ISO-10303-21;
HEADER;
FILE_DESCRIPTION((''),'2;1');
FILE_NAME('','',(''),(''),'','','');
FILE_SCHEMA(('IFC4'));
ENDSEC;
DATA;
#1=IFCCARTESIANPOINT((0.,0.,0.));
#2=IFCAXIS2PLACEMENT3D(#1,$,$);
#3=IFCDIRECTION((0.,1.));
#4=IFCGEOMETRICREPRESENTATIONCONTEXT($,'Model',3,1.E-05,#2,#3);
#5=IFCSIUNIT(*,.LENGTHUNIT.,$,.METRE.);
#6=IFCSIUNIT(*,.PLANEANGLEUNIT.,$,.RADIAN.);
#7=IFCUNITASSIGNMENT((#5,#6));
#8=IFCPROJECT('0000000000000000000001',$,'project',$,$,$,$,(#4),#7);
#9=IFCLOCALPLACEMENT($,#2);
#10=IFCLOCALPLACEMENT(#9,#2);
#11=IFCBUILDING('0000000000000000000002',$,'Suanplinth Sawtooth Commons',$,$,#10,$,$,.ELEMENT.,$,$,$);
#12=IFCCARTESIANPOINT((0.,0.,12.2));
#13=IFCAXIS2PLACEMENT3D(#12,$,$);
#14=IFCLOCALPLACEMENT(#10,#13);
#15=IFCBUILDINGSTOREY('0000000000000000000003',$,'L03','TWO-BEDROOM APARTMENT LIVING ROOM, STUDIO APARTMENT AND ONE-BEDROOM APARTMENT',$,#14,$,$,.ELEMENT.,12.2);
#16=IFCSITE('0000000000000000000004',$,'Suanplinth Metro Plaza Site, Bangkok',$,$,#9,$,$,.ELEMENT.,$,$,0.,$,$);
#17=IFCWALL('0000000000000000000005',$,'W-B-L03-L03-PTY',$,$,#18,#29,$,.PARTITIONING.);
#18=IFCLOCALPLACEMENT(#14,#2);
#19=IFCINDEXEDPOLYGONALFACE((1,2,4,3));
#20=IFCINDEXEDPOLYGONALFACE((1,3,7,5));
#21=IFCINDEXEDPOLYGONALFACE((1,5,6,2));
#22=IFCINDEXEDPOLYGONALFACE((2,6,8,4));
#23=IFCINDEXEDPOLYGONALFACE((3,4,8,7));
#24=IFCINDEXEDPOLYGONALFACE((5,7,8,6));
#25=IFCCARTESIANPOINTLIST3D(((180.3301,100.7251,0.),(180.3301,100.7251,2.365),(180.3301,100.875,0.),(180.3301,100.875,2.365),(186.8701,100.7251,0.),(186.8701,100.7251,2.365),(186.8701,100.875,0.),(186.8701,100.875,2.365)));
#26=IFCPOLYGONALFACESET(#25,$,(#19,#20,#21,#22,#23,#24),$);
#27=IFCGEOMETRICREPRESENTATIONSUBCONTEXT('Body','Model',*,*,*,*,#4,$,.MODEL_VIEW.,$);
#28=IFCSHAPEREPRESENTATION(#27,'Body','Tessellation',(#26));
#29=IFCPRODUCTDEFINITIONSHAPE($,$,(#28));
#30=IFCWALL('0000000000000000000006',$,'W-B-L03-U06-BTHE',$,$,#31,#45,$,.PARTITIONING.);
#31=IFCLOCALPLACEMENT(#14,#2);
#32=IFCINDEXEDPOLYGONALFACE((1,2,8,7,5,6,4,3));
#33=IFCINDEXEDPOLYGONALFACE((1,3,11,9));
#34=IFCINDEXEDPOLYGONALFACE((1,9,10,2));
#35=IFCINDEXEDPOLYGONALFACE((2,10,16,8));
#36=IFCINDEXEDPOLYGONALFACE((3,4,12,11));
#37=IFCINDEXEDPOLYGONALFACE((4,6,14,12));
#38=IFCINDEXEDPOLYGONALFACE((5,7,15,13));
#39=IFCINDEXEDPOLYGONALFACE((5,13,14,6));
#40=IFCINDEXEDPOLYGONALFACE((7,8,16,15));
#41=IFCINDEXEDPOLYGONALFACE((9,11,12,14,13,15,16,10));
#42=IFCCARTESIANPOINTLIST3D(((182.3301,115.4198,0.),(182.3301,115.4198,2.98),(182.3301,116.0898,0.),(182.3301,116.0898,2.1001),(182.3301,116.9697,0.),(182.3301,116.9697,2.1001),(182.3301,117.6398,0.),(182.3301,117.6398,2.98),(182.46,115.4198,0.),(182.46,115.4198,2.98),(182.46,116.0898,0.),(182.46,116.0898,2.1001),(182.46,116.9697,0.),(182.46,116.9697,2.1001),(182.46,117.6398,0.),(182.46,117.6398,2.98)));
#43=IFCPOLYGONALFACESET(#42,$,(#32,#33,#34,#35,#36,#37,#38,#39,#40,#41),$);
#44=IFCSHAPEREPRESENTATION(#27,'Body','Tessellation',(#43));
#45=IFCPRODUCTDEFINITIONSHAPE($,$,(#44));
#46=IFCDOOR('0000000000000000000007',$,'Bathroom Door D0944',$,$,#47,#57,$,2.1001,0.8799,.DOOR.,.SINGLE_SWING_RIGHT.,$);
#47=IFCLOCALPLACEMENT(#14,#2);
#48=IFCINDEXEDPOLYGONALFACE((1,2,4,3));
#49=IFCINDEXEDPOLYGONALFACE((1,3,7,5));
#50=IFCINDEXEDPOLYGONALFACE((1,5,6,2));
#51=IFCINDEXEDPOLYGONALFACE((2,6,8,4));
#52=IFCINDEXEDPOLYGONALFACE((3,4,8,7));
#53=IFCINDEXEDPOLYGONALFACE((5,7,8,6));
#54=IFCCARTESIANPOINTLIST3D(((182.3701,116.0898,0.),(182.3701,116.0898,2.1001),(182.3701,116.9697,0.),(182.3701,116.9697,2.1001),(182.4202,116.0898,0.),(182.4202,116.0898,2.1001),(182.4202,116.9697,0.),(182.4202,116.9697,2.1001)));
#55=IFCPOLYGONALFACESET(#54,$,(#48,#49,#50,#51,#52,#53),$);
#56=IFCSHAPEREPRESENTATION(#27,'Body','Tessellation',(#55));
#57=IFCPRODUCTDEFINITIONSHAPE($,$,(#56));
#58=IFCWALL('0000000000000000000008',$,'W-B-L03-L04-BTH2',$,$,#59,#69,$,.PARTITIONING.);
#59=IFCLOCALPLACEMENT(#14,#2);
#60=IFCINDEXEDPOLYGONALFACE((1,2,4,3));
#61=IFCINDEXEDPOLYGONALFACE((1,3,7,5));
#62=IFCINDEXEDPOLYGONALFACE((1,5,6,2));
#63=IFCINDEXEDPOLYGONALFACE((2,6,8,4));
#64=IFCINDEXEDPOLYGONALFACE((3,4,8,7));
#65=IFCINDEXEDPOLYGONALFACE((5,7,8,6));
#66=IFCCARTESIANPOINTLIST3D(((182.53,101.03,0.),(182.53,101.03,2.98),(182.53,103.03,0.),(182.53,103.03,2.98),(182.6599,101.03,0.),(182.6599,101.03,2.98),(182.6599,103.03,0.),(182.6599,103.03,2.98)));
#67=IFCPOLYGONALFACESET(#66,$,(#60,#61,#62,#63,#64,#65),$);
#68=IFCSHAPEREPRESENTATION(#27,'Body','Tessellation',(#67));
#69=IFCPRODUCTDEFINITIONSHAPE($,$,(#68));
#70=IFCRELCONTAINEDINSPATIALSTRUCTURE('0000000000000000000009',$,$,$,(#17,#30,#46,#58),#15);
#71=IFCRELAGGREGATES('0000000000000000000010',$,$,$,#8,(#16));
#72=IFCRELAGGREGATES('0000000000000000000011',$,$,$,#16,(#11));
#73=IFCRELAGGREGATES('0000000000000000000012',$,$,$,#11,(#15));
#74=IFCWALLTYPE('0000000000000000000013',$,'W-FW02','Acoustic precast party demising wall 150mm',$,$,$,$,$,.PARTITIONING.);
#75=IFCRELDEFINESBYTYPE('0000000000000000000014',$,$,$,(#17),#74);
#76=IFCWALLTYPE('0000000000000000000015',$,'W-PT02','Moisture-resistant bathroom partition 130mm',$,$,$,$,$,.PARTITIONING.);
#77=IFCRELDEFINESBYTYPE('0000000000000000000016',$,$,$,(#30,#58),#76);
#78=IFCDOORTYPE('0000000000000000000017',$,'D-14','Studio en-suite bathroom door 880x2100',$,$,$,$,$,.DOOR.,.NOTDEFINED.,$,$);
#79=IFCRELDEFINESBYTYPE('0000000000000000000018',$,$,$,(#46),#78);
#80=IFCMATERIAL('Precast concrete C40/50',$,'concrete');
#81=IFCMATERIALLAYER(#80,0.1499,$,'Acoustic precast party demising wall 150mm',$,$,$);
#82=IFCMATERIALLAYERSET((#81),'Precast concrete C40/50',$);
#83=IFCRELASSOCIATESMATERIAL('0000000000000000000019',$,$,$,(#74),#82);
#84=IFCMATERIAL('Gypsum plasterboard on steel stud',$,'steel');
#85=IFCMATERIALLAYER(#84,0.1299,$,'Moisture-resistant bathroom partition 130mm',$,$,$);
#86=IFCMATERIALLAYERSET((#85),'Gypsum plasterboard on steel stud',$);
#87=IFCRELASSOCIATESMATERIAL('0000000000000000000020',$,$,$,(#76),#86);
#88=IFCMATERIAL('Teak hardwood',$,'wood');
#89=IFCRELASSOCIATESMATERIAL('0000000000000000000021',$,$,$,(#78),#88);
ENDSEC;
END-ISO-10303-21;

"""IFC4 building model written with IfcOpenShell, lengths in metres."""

from ifc_helpers import new_model, si_unit, direction, frame, frame_2d, origin, place, context, subcontext, project, spatial, rectangle, extrude, material, layer, layer_set, type_object, element, fill, save


model = new_model("IFC4")

# Units and contexts
model_context = context("Model", 3, precision=1e-05, world=origin(), true_north=direction((0.0, 1.0)))
body_context = subcontext(model_context, "Body", "Model", "MODEL_VIEW")
ifc_project = project(units=[si_unit("LENGTHUNIT", "METRE"), si_unit("PLANEANGLEUNIT", "RADIAN")], contexts=[model_context])

# Site, building, storey
site_placement = place(None, origin())
site = spatial("IfcSite", under=ifc_project, at=site_placement, Name="Suanplinth Metro Plaza Site, Bangkok", CompositionType="ELEMENT", RefElevation=0.0)
building_placement = place(site_placement, origin())
building = spatial("IfcBuilding", under=site, at=building_placement, Name="Suanplinth Sawtooth Commons", CompositionType="ELEMENT")
storey_placement = place(building_placement, frame((0.0, 0.0, 12.2)))
storey = spatial("IfcBuildingStorey", under=building, at=storey_placement, Name="L03", Description="TWO-BEDROOM APARTMENT LIVING ROOM, STUDIO APARTMENT AND ONE-BEDROOM APARTMENT", CompositionType="ELEMENT", Elevation=12.2)

# Shared definitions
ifc_material_1 = material(Name="Precast concrete C40/50", Category="concrete")

# Wall
ifc_layer_1 = layer(ifc_material_1, 0.1499, Name="Acoustic precast party demising wall 150mm")
ifc_layer_set_1 = layer_set([ifc_layer_1], Name="Precast concrete C40/50")
wall_type_1 = type_object("IfcWallType", Name="W-FW02", Description="Acoustic precast party demising wall 150mm", PredefinedType="PARTITIONING", material=ifc_layer_set_1)
wall_1_placement = place(storey_placement, frame((180.3301, 100.8, 0.0), z_axis=(0.0, 0.0, 1.0), x_axis=(1.0, 0.0, 0.0)))
element("IfcWall", 1, at=wall_1_placement, inside=storey, type_object=wall_type_1, Name="W-B-L03-L03-PTY", PredefinedType="PARTITIONING", context=body_context, shape_type="SweptSolid", body=[
    extrude(rectangle(XDim=6.54, YDim=0.1499, at=frame_2d((3.27, 0.0))), origin(), (0.0, 0.0, 1.0), 2.365),
])

# Wall, opening, door
ifc_material_2 = material(Name="Gypsum plasterboard on steel stud", Category="steel")
ifc_layer_2 = layer(ifc_material_2, 0.1299, Name="Moisture-resistant bathroom partition 130mm")
ifc_layer_set_2 = layer_set([ifc_layer_2], Name="Gypsum plasterboard on steel stud")
wall_type_2 = type_object("IfcWallType", Name="W-PT02", Description="Moisture-resistant bathroom partition 130mm", PredefinedType="PARTITIONING", material=ifc_layer_set_2)
wall_2_placement = place(storey_placement, frame((182.395, 115.4199, 0.0), z_axis=(0.0, 0.0, 1.0), x_axis=(0.0, 1.0, 0.0)))
wall_2 = element("IfcWall", 2, at=wall_2_placement, inside=storey, type_object=wall_type_2, Name="W-B-L03-U06-BTHE", PredefinedType="PARTITIONING", context=body_context, shape_type="SweptSolid", body=[
    extrude(rectangle(XDim=2.22, YDim=0.1299, at=frame_2d((1.1099, 0.0))), origin(), (0.0, 0.0, 1.0), 2.98),
])
opening_1_placement = place(wall_2_placement, frame((0.6699, 0.0, 0.0)))
opening_1 = element("IfcOpeningElement", 3, at=opening_1_placement, cuts=wall_2, PredefinedType="OPENING", context=body_context, shape_type="SweptSolid", body=[
    extrude(rectangle(XDim=0.8799, YDim=2.1001, at=frame_2d((0.4399, 1.05))), frame((0.0, 0.0798, 0.0), z_axis=(0.0, -1.0, 0.0), x_axis=(1.0, 0.0, 0.0)), (0.0, 0.0, 1.0), 0.1597),
])
ifc_material_3 = material(Name="Teak hardwood", Category="wood")
door_type_1 = type_object("IfcDoorType", Name="D-14", Description="Studio en-suite bathroom door 880x2100", OperationType="NOTDEFINED", PredefinedType="DOOR", material=ifc_material_3)
door_1_placement = place(opening_1_placement, origin())
door_1 = element("IfcDoor", 4, at=door_1_placement, inside=storey, type_object=door_type_1, Name="Bathroom Door D0944", OperationType="SINGLE_SWING_RIGHT", OverallHeight=2.1001, OverallWidth=0.8799, PredefinedType="DOOR", context=body_context, shape_type="SweptSolid", body=[
    extrude(rectangle(XDim=0.8799, YDim=2.1001, at=frame_2d((0.4399, 1.05))), frame((0.0, 0.0249, 0.0), z_axis=(0.0, -1.0, 0.0), x_axis=(1.0, 0.0, 0.0)), (0.0, 0.0, 1.0), 0.05),
])
fill(opening_1, door_1)

# Wall
wall_3_placement = place(storey_placement, frame((182.595, 101.03, 0.0), z_axis=(0.0, 0.0, 1.0), x_axis=(0.0, 1.0, 0.0)))
element("IfcWall", 5, at=wall_3_placement, inside=storey, type_object=wall_type_2, Name="W-B-L03-L04-BTH2", PredefinedType="PARTITIONING", context=body_context, shape_type="SweptSolid", body=[
    extrude(rectangle(XDim=2.0, YDim=0.1299, at=frame_2d((1.0, 0.0))), origin(), (0.0, 0.0, 1.0), 2.98),
])

save(model, "model.ifc")
